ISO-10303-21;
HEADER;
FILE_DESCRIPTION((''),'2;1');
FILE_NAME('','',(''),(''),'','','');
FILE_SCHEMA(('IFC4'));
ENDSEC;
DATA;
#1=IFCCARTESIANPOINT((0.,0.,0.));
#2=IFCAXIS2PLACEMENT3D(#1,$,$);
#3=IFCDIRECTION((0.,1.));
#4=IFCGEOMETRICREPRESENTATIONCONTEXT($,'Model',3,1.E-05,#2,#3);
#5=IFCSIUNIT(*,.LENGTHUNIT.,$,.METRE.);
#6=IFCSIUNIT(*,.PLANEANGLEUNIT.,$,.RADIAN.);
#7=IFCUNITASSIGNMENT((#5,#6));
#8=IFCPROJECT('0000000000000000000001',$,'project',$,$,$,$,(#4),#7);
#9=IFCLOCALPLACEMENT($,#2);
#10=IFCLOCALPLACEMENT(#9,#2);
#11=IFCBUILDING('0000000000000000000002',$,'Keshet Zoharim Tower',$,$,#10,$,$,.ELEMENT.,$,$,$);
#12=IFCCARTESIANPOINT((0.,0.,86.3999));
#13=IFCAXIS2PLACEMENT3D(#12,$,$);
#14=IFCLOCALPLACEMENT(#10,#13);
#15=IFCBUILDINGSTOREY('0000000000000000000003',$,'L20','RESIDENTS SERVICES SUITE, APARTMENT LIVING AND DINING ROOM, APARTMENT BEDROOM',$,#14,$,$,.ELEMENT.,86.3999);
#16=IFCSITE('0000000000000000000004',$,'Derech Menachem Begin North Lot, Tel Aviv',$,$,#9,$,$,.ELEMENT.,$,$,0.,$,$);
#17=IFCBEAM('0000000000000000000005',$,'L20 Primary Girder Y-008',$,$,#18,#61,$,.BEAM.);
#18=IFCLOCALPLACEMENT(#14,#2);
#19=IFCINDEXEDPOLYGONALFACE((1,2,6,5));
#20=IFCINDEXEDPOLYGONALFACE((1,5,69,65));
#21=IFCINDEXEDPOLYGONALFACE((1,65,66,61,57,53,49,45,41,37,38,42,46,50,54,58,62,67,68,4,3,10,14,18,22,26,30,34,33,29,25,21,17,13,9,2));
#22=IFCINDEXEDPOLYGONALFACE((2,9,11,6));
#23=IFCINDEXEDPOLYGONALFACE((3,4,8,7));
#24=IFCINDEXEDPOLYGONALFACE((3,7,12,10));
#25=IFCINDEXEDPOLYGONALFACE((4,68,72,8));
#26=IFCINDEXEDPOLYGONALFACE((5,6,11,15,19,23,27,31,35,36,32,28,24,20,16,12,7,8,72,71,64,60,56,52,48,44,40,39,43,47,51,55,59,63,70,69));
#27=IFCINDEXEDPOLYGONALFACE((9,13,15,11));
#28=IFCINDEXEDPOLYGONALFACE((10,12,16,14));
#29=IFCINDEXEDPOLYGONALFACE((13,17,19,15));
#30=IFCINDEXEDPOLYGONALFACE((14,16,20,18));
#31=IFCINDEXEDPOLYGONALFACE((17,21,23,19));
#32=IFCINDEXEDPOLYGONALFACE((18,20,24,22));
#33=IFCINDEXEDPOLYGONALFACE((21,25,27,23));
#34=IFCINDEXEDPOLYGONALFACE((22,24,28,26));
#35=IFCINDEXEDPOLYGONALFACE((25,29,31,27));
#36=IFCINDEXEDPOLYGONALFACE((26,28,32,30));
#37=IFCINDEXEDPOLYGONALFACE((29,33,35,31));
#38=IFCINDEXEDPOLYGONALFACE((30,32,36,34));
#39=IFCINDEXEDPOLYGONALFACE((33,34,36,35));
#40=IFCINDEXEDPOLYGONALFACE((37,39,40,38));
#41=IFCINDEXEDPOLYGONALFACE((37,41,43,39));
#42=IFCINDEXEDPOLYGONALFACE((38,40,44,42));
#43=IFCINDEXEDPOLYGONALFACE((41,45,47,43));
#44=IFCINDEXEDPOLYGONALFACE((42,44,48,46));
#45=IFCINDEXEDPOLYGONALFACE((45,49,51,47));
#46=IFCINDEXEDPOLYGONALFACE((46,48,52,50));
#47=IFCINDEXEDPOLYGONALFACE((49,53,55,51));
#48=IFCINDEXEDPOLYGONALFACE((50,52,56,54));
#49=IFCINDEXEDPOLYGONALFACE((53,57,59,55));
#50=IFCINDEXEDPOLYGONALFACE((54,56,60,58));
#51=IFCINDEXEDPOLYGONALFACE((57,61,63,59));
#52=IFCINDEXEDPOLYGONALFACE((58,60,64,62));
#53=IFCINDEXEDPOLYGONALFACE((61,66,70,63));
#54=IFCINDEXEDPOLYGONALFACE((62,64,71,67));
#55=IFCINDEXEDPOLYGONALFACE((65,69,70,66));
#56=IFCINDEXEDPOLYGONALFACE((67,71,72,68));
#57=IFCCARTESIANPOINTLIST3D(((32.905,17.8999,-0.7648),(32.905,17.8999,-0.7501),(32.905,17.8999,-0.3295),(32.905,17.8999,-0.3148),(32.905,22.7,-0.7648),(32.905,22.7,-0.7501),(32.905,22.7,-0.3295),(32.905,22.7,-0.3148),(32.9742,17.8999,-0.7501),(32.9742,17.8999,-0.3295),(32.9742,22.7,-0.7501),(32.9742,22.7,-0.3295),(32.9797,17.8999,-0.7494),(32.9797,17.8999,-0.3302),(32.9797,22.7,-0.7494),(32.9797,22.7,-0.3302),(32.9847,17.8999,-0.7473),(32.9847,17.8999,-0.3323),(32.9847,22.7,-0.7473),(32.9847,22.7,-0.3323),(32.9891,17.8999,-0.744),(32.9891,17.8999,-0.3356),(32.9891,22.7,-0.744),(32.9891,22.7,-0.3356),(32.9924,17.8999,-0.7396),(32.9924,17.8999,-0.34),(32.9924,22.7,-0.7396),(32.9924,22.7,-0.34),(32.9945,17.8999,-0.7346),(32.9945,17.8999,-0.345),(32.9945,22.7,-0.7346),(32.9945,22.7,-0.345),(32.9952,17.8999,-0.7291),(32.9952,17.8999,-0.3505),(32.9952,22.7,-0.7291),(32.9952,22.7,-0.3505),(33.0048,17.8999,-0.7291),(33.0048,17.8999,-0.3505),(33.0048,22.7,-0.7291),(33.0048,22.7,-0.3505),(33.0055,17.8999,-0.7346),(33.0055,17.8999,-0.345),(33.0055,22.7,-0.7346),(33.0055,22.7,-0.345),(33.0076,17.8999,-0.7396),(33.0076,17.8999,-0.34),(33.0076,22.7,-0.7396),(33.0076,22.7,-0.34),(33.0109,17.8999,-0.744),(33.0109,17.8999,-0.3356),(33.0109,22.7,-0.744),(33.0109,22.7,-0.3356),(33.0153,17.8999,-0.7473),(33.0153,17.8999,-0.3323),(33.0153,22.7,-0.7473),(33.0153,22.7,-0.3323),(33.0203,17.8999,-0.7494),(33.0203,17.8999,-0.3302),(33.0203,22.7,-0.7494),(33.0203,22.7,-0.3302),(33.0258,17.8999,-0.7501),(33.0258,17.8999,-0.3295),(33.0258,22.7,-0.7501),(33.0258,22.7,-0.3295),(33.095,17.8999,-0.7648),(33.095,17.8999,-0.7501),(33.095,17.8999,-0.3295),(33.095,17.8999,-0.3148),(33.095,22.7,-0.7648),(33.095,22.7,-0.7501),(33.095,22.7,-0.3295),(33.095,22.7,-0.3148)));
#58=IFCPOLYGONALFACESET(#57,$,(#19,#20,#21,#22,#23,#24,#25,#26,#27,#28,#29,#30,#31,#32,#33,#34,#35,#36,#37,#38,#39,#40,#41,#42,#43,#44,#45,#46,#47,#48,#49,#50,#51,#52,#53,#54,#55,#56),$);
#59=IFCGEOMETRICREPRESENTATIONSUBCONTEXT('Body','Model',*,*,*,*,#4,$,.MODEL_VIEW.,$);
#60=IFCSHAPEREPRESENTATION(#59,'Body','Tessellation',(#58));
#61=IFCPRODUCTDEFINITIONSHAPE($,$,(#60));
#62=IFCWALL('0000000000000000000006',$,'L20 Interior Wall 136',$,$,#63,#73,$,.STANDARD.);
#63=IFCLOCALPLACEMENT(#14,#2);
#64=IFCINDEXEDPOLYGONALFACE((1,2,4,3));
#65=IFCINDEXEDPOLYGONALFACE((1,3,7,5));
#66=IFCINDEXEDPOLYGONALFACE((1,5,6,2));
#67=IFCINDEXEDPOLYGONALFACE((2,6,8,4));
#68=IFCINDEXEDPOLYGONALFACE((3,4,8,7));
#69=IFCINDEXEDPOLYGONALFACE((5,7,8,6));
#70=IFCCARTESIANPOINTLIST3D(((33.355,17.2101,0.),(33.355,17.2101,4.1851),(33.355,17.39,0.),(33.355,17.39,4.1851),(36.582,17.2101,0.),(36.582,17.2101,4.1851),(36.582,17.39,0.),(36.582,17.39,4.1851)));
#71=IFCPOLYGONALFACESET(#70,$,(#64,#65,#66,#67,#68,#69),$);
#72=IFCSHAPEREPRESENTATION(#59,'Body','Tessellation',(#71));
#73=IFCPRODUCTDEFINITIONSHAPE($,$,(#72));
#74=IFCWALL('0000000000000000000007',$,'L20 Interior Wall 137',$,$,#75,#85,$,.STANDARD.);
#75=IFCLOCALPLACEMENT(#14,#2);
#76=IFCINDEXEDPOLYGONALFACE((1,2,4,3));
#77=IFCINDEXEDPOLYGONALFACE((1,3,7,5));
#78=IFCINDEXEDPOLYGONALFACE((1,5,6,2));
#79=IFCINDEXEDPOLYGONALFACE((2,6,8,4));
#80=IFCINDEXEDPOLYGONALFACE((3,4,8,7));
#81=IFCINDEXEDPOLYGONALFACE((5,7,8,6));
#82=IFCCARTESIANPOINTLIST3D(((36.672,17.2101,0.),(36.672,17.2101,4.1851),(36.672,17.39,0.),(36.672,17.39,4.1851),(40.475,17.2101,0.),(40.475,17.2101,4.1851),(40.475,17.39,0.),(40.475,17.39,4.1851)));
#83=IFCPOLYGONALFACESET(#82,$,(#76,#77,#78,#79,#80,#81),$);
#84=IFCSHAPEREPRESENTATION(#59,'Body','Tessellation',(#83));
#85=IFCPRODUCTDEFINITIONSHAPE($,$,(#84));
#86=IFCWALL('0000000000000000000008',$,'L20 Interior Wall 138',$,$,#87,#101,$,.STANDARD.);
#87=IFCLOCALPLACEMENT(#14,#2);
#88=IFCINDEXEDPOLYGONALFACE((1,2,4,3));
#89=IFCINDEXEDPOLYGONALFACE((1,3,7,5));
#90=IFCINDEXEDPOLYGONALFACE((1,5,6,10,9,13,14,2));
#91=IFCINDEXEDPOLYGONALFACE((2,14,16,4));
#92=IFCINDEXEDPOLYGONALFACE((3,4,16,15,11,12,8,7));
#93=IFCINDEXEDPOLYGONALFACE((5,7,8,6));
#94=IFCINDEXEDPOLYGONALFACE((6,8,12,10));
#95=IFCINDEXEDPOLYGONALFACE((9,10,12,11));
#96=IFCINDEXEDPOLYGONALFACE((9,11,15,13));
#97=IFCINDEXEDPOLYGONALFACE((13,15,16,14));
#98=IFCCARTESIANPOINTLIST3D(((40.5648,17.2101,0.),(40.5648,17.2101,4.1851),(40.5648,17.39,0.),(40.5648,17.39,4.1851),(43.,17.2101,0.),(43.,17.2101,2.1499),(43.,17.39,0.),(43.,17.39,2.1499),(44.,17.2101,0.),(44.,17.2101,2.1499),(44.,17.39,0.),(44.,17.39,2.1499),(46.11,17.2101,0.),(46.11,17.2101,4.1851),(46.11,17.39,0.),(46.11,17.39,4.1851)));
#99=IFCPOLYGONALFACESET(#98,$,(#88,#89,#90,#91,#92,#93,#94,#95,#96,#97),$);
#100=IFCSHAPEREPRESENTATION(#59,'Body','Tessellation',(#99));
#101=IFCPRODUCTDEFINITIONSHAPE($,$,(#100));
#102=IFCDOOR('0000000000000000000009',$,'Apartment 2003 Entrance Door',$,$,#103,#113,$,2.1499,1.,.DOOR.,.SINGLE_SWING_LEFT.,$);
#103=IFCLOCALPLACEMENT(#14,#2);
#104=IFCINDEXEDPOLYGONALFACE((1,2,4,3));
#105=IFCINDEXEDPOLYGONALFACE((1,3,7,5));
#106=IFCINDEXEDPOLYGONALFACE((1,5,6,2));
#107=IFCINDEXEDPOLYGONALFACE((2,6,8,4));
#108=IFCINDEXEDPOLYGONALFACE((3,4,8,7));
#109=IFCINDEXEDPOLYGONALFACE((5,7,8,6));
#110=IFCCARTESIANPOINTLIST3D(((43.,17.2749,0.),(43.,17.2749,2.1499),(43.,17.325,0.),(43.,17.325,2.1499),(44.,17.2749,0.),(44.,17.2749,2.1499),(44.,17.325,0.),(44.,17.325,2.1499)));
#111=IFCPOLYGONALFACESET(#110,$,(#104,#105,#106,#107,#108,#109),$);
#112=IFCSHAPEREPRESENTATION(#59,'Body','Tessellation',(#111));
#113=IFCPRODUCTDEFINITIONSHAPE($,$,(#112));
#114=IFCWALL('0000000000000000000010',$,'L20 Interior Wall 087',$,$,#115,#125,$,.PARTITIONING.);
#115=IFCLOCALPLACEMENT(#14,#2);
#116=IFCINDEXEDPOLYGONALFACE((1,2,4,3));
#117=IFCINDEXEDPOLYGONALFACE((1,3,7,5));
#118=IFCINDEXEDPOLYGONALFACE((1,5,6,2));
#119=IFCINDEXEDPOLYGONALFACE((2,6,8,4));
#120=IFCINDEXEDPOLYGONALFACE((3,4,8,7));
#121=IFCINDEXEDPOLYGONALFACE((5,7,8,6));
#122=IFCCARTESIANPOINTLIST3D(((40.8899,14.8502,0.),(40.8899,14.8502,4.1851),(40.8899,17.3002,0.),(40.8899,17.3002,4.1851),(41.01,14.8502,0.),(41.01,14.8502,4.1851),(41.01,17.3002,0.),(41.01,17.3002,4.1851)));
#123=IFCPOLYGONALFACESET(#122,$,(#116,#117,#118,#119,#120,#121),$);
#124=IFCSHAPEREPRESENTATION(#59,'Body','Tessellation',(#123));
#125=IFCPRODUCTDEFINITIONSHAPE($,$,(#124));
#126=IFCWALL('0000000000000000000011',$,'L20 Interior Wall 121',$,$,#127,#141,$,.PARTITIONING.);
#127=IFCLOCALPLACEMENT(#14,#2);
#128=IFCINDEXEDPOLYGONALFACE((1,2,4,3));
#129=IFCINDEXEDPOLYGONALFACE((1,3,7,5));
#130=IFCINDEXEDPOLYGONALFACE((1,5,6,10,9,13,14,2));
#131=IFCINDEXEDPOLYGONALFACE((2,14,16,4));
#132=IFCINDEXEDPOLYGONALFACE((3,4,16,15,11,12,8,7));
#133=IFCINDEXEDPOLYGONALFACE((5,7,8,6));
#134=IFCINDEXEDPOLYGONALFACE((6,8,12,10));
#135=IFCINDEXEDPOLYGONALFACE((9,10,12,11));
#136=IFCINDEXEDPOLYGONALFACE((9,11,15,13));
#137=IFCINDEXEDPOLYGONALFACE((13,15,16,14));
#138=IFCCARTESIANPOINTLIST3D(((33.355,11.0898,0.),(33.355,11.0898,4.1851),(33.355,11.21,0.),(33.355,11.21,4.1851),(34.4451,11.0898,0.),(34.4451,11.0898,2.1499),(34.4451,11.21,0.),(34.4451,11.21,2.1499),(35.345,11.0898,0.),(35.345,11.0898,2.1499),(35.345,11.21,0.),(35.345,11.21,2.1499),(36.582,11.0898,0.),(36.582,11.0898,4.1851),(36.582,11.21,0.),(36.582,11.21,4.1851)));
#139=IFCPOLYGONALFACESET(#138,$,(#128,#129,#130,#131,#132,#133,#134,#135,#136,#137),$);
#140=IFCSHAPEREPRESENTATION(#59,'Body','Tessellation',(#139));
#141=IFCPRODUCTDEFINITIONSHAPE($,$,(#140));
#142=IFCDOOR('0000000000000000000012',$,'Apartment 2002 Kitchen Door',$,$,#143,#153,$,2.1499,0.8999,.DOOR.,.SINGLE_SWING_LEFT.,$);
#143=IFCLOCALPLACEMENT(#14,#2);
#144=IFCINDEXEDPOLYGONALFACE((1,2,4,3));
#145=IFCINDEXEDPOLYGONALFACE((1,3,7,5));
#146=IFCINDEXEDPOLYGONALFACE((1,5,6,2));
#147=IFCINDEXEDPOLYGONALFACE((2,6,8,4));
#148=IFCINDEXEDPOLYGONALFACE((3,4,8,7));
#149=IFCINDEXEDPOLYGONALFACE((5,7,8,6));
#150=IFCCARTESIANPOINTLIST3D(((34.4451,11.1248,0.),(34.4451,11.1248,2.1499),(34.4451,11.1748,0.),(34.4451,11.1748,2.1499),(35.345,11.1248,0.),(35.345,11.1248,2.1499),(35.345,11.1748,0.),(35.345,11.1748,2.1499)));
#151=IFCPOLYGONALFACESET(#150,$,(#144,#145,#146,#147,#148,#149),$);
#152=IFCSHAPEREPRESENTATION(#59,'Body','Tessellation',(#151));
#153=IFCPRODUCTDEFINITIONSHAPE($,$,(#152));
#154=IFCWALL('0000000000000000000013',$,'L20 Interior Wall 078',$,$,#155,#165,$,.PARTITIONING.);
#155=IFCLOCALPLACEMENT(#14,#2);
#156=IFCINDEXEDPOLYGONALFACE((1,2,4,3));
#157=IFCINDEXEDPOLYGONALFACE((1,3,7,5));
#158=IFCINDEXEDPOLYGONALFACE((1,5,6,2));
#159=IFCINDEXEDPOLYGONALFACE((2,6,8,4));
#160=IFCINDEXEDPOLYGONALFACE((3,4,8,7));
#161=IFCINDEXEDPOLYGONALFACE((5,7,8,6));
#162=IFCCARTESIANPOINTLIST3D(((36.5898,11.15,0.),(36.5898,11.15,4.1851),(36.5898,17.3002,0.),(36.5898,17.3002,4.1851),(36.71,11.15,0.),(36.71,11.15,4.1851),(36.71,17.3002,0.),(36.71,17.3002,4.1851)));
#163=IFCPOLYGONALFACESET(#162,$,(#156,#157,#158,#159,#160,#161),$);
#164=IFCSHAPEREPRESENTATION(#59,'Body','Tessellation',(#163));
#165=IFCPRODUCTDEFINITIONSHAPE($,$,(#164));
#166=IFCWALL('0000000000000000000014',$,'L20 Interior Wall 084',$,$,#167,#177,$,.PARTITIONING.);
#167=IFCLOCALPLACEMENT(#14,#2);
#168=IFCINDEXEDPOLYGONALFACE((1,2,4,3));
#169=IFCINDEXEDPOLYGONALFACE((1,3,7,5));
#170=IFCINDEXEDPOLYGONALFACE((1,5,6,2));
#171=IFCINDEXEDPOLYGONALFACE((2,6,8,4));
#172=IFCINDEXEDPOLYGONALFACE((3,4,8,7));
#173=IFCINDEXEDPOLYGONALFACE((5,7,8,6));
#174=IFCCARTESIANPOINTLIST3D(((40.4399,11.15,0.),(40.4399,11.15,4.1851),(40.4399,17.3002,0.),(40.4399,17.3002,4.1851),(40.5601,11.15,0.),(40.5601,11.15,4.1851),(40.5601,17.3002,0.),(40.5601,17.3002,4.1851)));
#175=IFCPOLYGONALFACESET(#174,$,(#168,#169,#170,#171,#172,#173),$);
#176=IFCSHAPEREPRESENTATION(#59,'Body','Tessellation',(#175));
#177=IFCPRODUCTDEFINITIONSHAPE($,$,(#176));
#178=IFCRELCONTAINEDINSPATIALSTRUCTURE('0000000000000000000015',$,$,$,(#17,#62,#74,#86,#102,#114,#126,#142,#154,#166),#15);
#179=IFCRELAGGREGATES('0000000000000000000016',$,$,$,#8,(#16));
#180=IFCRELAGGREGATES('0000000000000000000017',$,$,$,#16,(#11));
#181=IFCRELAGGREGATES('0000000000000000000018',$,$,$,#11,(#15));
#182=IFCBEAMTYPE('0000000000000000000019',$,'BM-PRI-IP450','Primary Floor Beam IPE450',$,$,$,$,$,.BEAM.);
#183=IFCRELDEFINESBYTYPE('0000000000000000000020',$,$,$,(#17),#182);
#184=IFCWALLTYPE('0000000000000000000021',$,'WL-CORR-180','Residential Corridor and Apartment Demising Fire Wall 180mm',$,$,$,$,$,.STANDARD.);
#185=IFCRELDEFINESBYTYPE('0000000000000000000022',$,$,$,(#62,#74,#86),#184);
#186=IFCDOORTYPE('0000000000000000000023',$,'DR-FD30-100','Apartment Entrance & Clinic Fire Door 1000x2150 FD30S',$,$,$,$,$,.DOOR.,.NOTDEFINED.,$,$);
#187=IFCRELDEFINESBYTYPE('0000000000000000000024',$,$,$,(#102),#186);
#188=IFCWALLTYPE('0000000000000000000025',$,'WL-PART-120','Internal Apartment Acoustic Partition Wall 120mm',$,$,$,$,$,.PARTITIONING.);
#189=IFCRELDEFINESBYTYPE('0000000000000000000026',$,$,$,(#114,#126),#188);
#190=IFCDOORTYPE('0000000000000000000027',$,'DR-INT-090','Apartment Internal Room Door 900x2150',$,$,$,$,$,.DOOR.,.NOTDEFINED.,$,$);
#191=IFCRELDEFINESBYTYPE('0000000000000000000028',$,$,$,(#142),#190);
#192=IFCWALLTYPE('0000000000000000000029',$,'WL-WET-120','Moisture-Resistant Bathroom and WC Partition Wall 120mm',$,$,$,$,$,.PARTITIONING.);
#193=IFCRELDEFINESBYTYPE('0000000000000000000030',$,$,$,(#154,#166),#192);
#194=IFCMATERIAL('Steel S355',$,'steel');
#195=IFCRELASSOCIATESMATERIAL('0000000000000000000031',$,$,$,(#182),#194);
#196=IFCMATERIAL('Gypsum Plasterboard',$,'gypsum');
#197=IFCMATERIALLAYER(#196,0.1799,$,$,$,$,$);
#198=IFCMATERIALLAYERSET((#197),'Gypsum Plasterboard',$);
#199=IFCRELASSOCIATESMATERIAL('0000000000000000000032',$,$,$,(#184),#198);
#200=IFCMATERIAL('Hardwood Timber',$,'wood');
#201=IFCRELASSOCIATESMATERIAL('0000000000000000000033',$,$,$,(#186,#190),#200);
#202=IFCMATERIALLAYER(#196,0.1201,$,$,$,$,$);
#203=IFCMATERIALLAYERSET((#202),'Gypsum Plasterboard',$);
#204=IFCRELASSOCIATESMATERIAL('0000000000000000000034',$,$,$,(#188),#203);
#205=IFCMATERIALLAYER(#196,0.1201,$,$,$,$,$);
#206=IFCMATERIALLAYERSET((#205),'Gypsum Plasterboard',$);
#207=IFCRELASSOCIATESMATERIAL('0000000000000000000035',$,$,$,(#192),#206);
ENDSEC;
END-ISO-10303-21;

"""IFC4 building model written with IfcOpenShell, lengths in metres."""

from ifc_helpers import new_model, si_unit, direction, frame, frame_2d, origin, origin_2d, place, context, subcontext, project, spatial, rectangle, i_section, extrude, material, layer, layer_set, material_profile, profile_set, type_object, element, fill, save


model = new_model("IFC4")

# Units and contexts
model_context = context("Model", 3, precision=1e-05, world=origin(), true_north=direction((0.0, 1.0)))
body_context = subcontext(model_context, "Body", "Model", "MODEL_VIEW")
ifc_project = project(units=[si_unit("LENGTHUNIT", "METRE"), si_unit("PLANEANGLEUNIT", "RADIAN")], contexts=[model_context])

# Site, building, storey
site_placement = place(None, origin())
site = spatial("IfcSite", under=ifc_project, at=site_placement, Name="Derech Menachem Begin North Lot, Tel Aviv", CompositionType="ELEMENT", RefElevation=0.0)
building_placement = place(site_placement, origin())
building = spatial("IfcBuilding", under=site, at=building_placement, Name="Keshet Zoharim Tower", CompositionType="ELEMENT")
storey_placement = place(building_placement, frame((0.0, 0.0, 86.3999)))
storey = spatial("IfcBuildingStorey", under=building, at=storey_placement, Name="L20", Description="RESIDENTS SERVICES SUITE, APARTMENT LIVING AND DINING ROOM, APARTMENT BEDROOM", CompositionType="ELEMENT", Elevation=86.3999)

# Beam
ifc_material_1 = material(Name="Steel S355", Category="steel")
ifc_material_profile_1 = material_profile(ifc_material_1, i_section(OverallWidth=0.1899, OverallDepth=0.45, WebThickness=0.0095, FlangeThickness=0.0146, FilletRadius=0.021, at=origin_2d()), Name="IPE450")
ifc_profile_set_1 = profile_set([ifc_material_profile_1], Name="Steel S355")
beam_type_1 = type_object("IfcBeamType", Name="BM-PRI-IP450", Description="Primary Floor Beam IPE450", PredefinedType="BEAM", material=ifc_profile_set_1)
beam_1_placement = place(storey_placement, frame((33.0, 17.8999, -0.5398), z_axis=(0.0, 1.0, 0.0), x_axis=(-1.0, 0.0, 0.0)))
element("IfcBeam", 1, at=beam_1_placement, inside=storey, type_object=beam_type_1, Name="L20 Primary Girder Y-008", PredefinedType="BEAM", context=body_context, shape_type="SweptSolid", body=[
    extrude(i_section(OverallWidth=0.1899, OverallDepth=0.45, WebThickness=0.0095, FlangeThickness=0.0146, FilletRadius=0.021, at=origin_2d()), origin(), (0.0, 0.0, 1.0), 4.8),
])

# Walls
ifc_material_2 = material(Name="Gypsum Plasterboard", Category="gypsum")
ifc_layer_1 = layer(ifc_material_2, 0.1799)
ifc_layer_set_1 = layer_set([ifc_layer_1], Name="Gypsum Plasterboard")
wall_type_1 = type_object("IfcWallType", Name="WL-CORR-180", Description="Residential Corridor and Apartment Demising Fire Wall 180mm", PredefinedType="STANDARD", material=ifc_layer_set_1)
wall_1_placement = place(storey_placement, frame((33.355, 17.3, 0.0), z_axis=(0.0, 0.0, 1.0), x_axis=(1.0, 0.0, 0.0)))
element("IfcWall", 2, at=wall_1_placement, inside=storey, type_object=wall_type_1, Name="L20 Interior Wall 136", PredefinedType="STANDARD", context=body_context, shape_type="SweptSolid", body=[
    extrude(rectangle(XDim=3.2271, YDim=0.1799, at=frame_2d((1.6135, 0.0))), origin(), (0.0, 0.0, 1.0), 4.1851),
])
wall_2_placement = place(storey_placement, frame((36.6721, 17.3, 0.0), z_axis=(0.0, 0.0, 1.0), x_axis=(1.0, 0.0, 0.0)))
element("IfcWall", 3, at=wall_2_placement, inside=storey, type_object=wall_type_1, Name="L20 Interior Wall 137", PredefinedType="STANDARD", context=body_context, shape_type="SweptSolid", body=[
    extrude(rectangle(XDim=3.803, YDim=0.1799, at=frame_2d((1.9014, 0.0))), origin(), (0.0, 0.0, 1.0), 4.1851),
])

# Wall, opening, door
wall_3_placement = place(storey_placement, frame((40.5649, 17.3, 0.0), z_axis=(0.0, 0.0, 1.0), x_axis=(1.0, 0.0, 0.0)))
wall_3 = element("IfcWall", 4, at=wall_3_placement, inside=storey, type_object=wall_type_1, Name="L20 Interior Wall 138", PredefinedType="STANDARD", context=body_context, shape_type="SweptSolid", body=[
    extrude(rectangle(XDim=5.5452, YDim=0.1799, at=frame_2d((2.7725, 0.0))), origin(), (0.0, 0.0, 1.0), 4.1851),
])
opening_1_placement = place(wall_3_placement, frame((2.4351, 0.0, 0.0)))
opening_1 = element("IfcOpeningElement", 5, at=opening_1_placement, cuts=wall_3, PredefinedType="OPENING", context=body_context, shape_type="SweptSolid", body=[
    extrude(rectangle(XDim=1.0, YDim=2.1499, at=frame_2d((0.5, 1.075))), frame((0.0, 0.1001, 0.0), z_axis=(0.0, -1.0, 0.0), x_axis=(1.0, 0.0, 0.0)), (0.0, 0.0, 1.0), 0.2),
])
ifc_material_3 = material(Name="Hardwood Timber", Category="wood")
door_type_1 = type_object("IfcDoorType", Name="DR-FD30-100", Description="Apartment Entrance & Clinic Fire Door 1000x2150 FD30S", OperationType="NOTDEFINED", PredefinedType="DOOR", material=ifc_material_3)
door_1_placement = place(opening_1_placement, origin())
door_1 = element("IfcDoor", 6, at=door_1_placement, inside=storey, type_object=door_type_1, Name="Apartment 2003 Entrance Door", OperationType="SINGLE_SWING_LEFT", OverallHeight=2.1499, OverallWidth=1.0, PredefinedType="DOOR", context=body_context, shape_type="SweptSolid", body=[
    extrude(rectangle(XDim=1.0, YDim=2.1499, at=frame_2d((0.5, 1.075))), frame((0.0, 0.0249, 0.0), z_axis=(0.0, -1.0, 0.0), x_axis=(1.0, 0.0, 0.0)), (0.0, 0.0, 1.0), 0.05),
])
fill(opening_1, door_1)

# Wall
ifc_layer_2 = layer(ifc_material_2, 0.1201)
ifc_layer_set_2 = layer_set([ifc_layer_2], Name="Gypsum Plasterboard")
wall_type_2 = type_object("IfcWallType", Name="WL-PART-120", Description="Internal Apartment Acoustic Partition Wall 120mm", PredefinedType="PARTITIONING", material=ifc_layer_set_2)
wall_4_placement = place(storey_placement, frame((40.95, 14.8501, 0.0), z_axis=(0.0, 0.0, 1.0), x_axis=(0.0, 1.0, 0.0)))
element("IfcWall", 7, at=wall_4_placement, inside=storey, type_object=wall_type_2, Name="L20 Interior Wall 087", PredefinedType="PARTITIONING", context=body_context, shape_type="SweptSolid", body=[
    extrude(rectangle(XDim=2.45, YDim=0.1201, at=frame_2d((1.2251, 0.0))), origin(), (0.0, 0.0, 1.0), 4.1851),
])

# Wall, opening, door
wall_5_placement = place(storey_placement, frame((33.355, 11.1499, 0.0), z_axis=(0.0, 0.0, 1.0), x_axis=(1.0, 0.0, 0.0)))
wall_5 = element("IfcWall", 8, at=wall_5_placement, inside=storey, type_object=wall_type_2, Name="L20 Interior Wall 121", PredefinedType="PARTITIONING", context=body_context, shape_type="SweptSolid", body=[
    extrude(rectangle(XDim=3.2271, YDim=0.1201, at=frame_2d((1.6135, 0.0))), origin(), (0.0, 0.0, 1.0), 4.1851),
])
opening_2_placement = place(wall_5_placement, frame((1.0901, 0.0, 0.0)))
opening_2 = element("IfcOpeningElement", 9, at=opening_2_placement, cuts=wall_5, PredefinedType="OPENING", context=body_context, shape_type="SweptSolid", body=[
    extrude(rectangle(XDim=0.8999, YDim=2.1499, at=frame_2d((0.45, 1.075))), frame((0.0, 0.0701, 0.0), z_axis=(0.0, -1.0, 0.0), x_axis=(1.0, 0.0, 0.0)), (0.0, 0.0, 1.0), 0.1401),
])
door_type_2 = type_object("IfcDoorType", Name="DR-INT-090", Description="Apartment Internal Room Door 900x2150", OperationType="NOTDEFINED", PredefinedType="DOOR", material=ifc_material_3)
door_2_placement = place(opening_2_placement, origin())
door_2 = element("IfcDoor", 10, at=door_2_placement, inside=storey, type_object=door_type_2, Name="Apartment 2002 Kitchen Door", OperationType="SINGLE_SWING_LEFT", OverallHeight=2.1499, OverallWidth=0.8999, PredefinedType="DOOR", context=body_context, shape_type="SweptSolid", body=[
    extrude(rectangle(XDim=0.8999, YDim=2.1499, at=frame_2d((0.45, 1.075))), frame((0.0, 0.0249, 0.0), z_axis=(0.0, -1.0, 0.0), x_axis=(1.0, 0.0, 0.0)), (0.0, 0.0, 1.0), 0.05),
])
fill(opening_2, door_2)

# Walls
ifc_layer_3 = layer(ifc_material_2, 0.1201)
ifc_layer_set_3 = layer_set([ifc_layer_3], Name="Gypsum Plasterboard")
wall_type_3 = type_object("IfcWallType", Name="WL-WET-120", Description="Moisture-Resistant Bathroom and WC Partition Wall 120mm", PredefinedType="PARTITIONING", material=ifc_layer_set_3)
for number, where, z_axis, x_axis, name in (
    (11, (36.6499, 11.1499, 0.0), (0.0, 0.0, 1.0), (0.0, 1.0, 0.0), "L20 Interior Wall 078"),
    (12, (40.5, 11.1499, 0.0), (0.0, 0.0, 1.0), (0.0, 1.0, 0.0), "L20 Interior Wall 084"),
):
    element("IfcWall", number, at=place(storey_placement, frame(where, z_axis=z_axis, x_axis=x_axis)), inside=storey, type_object=wall_type_3, Name=name, PredefinedType="PARTITIONING", context=body_context, shape_type="SweptSolid", body=[
        extrude(rectangle(XDim=6.1501, YDim=0.1201, at=frame_2d((3.0752, 0.0))), origin(), (0.0, 0.0, 1.0), 4.1851),
    ])

save(model, "model.ifc")
